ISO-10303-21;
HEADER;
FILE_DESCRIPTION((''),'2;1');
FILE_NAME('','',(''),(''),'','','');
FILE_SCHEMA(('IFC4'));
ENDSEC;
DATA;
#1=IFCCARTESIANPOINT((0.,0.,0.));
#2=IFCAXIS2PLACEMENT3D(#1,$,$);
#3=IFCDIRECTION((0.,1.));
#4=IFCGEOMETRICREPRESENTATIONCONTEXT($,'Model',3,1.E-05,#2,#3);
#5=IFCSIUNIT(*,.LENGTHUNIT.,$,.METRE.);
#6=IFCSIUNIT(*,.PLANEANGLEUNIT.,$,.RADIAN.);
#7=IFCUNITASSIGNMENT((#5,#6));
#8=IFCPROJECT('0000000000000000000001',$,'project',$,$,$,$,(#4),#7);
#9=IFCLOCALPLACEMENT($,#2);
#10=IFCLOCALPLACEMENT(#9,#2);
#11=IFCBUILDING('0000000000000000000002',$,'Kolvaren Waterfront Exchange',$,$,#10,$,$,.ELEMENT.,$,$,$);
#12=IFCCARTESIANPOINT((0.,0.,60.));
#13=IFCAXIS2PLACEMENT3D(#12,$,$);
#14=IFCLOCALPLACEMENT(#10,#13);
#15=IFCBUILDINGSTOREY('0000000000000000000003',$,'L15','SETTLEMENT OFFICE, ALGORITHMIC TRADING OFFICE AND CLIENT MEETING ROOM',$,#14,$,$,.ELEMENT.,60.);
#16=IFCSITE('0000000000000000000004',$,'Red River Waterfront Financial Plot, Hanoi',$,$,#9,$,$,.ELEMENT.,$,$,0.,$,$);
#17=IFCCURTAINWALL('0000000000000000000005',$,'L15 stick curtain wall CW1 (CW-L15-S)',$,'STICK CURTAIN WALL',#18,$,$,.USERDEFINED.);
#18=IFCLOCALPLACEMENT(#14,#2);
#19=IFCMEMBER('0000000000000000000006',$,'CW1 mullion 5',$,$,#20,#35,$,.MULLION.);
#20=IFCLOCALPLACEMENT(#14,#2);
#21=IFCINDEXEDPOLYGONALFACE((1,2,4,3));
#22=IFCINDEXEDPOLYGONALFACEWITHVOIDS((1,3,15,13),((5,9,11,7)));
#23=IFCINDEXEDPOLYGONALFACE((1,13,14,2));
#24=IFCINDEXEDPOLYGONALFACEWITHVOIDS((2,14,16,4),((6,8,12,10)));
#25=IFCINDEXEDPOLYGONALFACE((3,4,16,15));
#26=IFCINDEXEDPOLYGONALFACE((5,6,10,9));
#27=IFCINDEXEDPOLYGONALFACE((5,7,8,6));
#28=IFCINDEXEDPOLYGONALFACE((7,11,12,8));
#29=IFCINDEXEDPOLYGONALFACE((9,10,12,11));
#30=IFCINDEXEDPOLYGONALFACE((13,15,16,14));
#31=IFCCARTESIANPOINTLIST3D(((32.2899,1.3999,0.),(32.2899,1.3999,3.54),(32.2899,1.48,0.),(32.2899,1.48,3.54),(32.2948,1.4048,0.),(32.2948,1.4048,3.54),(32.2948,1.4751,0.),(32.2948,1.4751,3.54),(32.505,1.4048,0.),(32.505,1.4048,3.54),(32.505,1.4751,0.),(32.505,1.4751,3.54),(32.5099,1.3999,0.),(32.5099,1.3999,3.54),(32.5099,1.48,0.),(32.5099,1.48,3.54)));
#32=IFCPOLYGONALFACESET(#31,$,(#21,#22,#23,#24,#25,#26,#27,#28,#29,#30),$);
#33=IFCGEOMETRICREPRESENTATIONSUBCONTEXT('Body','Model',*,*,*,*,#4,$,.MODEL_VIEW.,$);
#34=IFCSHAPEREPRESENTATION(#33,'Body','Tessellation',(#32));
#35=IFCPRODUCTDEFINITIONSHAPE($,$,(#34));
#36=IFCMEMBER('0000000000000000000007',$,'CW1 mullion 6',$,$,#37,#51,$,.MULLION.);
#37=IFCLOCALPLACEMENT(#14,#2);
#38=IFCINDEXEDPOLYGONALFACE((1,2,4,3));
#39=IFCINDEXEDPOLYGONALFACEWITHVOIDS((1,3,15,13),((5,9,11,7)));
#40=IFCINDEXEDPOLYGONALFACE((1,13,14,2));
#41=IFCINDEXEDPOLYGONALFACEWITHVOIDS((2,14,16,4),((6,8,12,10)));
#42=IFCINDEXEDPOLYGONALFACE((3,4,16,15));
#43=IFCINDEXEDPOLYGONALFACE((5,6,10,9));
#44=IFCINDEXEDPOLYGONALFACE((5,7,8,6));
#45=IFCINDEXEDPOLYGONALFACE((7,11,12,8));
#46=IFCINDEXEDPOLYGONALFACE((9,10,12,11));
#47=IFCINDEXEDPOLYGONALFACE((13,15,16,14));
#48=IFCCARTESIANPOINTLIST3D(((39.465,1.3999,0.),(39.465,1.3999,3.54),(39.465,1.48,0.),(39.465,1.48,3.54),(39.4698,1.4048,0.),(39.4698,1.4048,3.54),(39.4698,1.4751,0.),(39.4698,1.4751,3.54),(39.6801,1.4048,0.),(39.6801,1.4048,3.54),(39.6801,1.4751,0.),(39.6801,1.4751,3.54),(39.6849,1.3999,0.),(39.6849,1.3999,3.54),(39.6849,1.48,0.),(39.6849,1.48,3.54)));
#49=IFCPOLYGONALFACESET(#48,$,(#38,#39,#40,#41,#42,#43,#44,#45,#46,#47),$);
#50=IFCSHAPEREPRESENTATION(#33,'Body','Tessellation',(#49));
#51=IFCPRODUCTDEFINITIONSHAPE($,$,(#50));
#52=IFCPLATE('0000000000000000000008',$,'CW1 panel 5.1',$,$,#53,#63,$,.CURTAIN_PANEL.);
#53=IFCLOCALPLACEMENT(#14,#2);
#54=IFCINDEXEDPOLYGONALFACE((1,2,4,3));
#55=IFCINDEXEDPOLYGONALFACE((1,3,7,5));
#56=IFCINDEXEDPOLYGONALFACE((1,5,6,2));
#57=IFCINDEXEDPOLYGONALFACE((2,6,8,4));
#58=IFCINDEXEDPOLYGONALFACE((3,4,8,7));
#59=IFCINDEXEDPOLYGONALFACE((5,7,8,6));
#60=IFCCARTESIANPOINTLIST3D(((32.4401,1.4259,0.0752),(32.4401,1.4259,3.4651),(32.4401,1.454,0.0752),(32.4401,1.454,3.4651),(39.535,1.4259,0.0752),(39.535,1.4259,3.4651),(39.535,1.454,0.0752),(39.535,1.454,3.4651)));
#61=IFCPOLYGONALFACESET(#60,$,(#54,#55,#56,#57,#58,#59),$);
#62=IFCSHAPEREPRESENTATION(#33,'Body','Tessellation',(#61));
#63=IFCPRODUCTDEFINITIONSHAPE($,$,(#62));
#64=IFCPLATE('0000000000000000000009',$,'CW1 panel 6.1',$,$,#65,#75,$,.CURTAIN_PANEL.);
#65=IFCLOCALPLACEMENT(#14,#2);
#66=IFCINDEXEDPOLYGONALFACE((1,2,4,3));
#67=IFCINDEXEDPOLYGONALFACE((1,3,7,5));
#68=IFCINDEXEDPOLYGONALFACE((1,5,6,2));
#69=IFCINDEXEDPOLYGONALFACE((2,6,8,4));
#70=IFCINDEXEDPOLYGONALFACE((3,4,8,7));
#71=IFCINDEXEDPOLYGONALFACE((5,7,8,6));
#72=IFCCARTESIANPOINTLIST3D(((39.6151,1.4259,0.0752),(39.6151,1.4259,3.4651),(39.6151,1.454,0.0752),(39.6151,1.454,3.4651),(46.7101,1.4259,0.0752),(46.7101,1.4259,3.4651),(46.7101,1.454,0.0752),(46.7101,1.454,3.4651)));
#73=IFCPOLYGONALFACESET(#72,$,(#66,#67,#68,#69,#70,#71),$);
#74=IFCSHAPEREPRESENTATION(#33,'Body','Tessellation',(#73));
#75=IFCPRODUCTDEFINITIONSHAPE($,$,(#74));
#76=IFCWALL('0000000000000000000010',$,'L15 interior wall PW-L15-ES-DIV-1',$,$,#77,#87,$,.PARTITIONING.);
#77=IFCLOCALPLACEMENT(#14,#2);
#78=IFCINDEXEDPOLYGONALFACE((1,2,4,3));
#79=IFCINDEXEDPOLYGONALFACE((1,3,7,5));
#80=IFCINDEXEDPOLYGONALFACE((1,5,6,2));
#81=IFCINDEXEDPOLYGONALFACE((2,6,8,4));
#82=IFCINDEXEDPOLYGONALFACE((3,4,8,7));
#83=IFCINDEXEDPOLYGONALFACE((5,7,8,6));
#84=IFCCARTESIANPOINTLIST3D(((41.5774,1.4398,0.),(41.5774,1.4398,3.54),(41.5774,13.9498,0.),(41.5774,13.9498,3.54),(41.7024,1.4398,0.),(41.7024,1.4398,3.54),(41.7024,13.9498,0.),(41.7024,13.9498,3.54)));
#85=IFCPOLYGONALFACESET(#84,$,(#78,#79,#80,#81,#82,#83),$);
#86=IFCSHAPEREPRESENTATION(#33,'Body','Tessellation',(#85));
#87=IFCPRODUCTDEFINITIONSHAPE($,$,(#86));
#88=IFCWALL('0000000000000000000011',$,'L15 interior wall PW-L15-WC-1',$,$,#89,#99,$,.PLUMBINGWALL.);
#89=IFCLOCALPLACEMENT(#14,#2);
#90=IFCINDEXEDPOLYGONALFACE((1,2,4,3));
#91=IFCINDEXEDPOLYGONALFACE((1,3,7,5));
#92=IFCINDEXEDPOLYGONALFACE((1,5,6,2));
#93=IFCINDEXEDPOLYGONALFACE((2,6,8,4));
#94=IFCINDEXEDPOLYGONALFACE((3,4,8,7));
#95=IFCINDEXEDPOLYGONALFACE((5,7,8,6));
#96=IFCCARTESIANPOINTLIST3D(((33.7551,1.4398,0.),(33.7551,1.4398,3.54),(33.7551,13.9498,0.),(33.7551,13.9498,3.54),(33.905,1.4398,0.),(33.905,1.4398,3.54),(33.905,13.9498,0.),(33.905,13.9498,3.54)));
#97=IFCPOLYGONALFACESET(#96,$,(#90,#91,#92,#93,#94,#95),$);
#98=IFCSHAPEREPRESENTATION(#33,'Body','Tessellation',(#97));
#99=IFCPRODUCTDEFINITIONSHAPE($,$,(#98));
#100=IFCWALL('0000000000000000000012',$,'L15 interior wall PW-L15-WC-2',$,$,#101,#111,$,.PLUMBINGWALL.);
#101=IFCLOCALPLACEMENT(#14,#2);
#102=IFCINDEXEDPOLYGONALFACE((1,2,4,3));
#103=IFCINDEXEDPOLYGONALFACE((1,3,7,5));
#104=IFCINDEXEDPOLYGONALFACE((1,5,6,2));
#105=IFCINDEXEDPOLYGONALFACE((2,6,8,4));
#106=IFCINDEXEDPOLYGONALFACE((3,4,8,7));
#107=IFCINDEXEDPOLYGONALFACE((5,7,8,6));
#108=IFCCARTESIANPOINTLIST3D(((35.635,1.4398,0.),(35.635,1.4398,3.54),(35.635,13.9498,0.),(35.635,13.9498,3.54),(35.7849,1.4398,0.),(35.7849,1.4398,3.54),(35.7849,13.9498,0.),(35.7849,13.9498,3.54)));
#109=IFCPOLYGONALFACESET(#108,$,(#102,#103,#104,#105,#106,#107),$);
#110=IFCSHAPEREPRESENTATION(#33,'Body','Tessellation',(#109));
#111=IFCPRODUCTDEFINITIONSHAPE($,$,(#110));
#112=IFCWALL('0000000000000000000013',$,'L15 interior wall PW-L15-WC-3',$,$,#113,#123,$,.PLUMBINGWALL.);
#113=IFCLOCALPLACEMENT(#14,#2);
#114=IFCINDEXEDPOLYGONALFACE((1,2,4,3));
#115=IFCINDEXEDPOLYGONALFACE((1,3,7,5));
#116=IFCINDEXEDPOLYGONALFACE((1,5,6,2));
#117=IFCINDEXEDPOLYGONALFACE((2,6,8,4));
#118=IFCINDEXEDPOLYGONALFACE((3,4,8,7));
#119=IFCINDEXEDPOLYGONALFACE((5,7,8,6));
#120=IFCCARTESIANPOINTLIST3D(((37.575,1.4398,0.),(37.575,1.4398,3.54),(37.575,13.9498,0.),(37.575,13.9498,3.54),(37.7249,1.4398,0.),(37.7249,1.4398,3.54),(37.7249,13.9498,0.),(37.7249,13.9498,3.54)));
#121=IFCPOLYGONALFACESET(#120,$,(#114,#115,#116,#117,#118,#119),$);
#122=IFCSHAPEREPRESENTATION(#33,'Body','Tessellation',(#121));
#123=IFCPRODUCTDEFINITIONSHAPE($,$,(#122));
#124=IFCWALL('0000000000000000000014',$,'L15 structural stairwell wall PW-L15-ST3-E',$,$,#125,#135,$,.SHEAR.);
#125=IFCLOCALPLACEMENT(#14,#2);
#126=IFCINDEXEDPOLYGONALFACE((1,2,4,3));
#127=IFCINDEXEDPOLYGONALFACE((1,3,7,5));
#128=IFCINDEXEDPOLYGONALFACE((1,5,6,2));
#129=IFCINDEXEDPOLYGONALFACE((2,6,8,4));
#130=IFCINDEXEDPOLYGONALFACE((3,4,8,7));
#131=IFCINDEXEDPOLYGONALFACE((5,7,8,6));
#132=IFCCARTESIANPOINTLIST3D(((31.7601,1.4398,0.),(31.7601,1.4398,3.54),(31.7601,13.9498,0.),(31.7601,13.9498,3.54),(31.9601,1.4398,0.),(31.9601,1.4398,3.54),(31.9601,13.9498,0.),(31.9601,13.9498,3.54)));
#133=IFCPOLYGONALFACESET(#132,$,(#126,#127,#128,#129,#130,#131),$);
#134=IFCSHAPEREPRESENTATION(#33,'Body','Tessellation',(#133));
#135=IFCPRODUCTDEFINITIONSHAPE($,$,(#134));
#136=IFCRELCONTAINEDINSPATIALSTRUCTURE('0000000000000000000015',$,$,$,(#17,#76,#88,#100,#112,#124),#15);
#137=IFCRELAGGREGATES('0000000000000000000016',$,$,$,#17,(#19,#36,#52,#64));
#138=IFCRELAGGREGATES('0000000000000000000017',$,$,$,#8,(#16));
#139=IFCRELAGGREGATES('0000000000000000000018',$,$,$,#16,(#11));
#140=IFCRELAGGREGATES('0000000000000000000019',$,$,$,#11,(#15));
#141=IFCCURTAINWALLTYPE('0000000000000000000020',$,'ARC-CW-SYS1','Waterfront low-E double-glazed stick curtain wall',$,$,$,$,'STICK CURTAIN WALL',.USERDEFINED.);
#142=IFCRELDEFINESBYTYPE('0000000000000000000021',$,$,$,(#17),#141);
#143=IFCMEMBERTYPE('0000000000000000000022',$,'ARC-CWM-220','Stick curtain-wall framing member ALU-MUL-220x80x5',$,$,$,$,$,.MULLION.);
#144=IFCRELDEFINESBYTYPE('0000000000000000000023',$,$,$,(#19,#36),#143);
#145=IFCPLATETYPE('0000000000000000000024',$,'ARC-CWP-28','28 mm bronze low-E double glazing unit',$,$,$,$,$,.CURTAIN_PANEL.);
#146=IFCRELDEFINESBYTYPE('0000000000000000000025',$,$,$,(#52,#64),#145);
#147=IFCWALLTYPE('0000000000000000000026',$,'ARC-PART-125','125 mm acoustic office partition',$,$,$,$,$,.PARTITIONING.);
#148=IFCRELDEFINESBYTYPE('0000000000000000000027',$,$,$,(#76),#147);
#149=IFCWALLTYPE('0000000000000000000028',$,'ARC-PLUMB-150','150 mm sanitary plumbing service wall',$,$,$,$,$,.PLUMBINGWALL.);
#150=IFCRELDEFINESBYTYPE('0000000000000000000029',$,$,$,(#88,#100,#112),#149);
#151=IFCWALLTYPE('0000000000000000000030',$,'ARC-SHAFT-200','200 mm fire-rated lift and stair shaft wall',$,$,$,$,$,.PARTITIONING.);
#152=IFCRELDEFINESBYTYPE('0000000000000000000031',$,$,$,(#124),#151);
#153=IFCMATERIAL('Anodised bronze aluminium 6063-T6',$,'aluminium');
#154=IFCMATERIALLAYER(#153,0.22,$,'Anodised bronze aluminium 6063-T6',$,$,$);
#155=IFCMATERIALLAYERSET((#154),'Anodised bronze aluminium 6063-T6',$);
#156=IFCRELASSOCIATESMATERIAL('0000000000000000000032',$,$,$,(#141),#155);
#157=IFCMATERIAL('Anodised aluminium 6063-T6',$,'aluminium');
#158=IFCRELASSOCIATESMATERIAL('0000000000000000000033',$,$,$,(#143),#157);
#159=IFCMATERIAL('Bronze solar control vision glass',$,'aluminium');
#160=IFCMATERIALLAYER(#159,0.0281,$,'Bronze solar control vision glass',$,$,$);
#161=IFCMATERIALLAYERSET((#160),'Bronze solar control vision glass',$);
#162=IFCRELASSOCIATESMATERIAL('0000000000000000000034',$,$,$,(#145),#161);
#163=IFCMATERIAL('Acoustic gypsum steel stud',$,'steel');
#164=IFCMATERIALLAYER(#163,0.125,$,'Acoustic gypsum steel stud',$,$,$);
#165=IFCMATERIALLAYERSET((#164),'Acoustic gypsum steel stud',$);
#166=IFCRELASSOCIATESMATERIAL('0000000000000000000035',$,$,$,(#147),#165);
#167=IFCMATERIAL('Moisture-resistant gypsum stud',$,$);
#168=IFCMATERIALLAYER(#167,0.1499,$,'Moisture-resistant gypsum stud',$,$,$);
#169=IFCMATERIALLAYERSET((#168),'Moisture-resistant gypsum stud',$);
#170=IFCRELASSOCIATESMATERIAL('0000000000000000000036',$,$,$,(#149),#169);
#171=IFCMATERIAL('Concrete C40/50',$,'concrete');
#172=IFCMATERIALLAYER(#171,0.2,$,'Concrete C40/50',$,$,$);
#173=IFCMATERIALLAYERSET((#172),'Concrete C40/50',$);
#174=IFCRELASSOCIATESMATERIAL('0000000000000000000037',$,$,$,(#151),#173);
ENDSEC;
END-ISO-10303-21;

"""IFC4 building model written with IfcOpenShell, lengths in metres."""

from ifc_helpers import new_model, si_unit, direction, frame, frame_2d, origin, origin_with_axes, origin_2d, place, context, subcontext, project, spatial, rectangle, hollow_rectangle, extrude, source, transform, mapped, material, layer, layer_set, material_profile, profile_set, type_object, element, aggregate, save


model = new_model("IFC4")

# Units and contexts
model_context = context("Model", 3, precision=1e-05, world=origin(), true_north=direction((0.0, 1.0)))
body_context = subcontext(model_context, "Body", "Model", "MODEL_VIEW")
ifc_project = project(units=[si_unit("LENGTHUNIT", "METRE"), si_unit("PLANEANGLEUNIT", "RADIAN")], contexts=[model_context])

# Site, building, storey
site_placement = place(None, origin())
site = spatial("IfcSite", under=ifc_project, at=site_placement, Name="Red River Waterfront Financial Plot, Hanoi", CompositionType="ELEMENT", RefElevation=0.0)
building_placement = place(site_placement, origin())
building = spatial("IfcBuilding", under=site, at=building_placement, Name="Kolvaren Waterfront Exchange", CompositionType="ELEMENT")
storey_placement = place(building_placement, frame((0.0, 0.0, 60.0)))
storey = spatial("IfcBuildingStorey", under=building, at=storey_placement, Name="L15", Description="SETTLEMENT OFFICE, ALGORITHMIC TRADING OFFICE AND CLIENT MEETING ROOM", CompositionType="ELEMENT", Elevation=60.0)

# Curtain wall, members, plates
ifc_material_1 = material(Name="Anodised bronze aluminium 6063-T6", Category="aluminium")
ifc_layer_1 = layer(ifc_material_1, 0.22, Name="Anodised bronze aluminium 6063-T6")
ifc_layer_set_1 = layer_set([ifc_layer_1], Name="Anodised bronze aluminium 6063-T6")
curtain_wall_type = type_object("IfcCurtainWallType", Name="ARC-CW-SYS1", Description="Waterfront low-E double-glazed stick curtain wall", ElementType="STICK CURTAIN WALL", PredefinedType="USERDEFINED", material=ifc_layer_set_1)
curtain_wall_placement = place(storey_placement, origin())
curtain_wall = element("IfcCurtainWall", 1, at=curtain_wall_placement, inside=storey, type_object=curtain_wall_type, Name="L15 stick curtain wall CW1 (CW-L15-S)", ObjectType="STICK CURTAIN WALL", PredefinedType="USERDEFINED")
ifc_material_2 = material(Name="Anodised aluminium 6063-T6", Category="aluminium")
ifc_material_profile_1 = material_profile(ifc_material_2, hollow_rectangle(XDim=0.0801, YDim=0.22, WallThickness=0.0049, at=origin_2d()), Name="ALU-MUL-220x80x5")
ifc_profile_set_1 = profile_set([ifc_material_profile_1], Name="Anodised aluminium 6063-T6")
member_type_1 = type_object("IfcMemberType", Name="ARC-CWM-220", Description="Stick curtain-wall framing member ALU-MUL-220x80x5", PredefinedType="MULLION", material=ifc_profile_set_1)
shared_shape_1 = source(origin_with_axes(), body_context, "Body", "SweptSolid", [
    extrude(hollow_rectangle(XDim=0.0801, YDim=0.22, WallThickness=0.0049, at=origin_2d()), origin(), (0.0, 0.0, 1.0), 3.54),
])
member_1_placement = place(storey_placement, frame((32.3999, 1.4399, 0.0), z_axis=(0.0, 0.0, 1.0), x_axis=(0.0, 1.0, 0.0)))
member_1 = element("IfcMember", 2, at=member_1_placement, type_object=member_type_1, Name="CW1 mullion 5", PredefinedType="MULLION", context=body_context, shape_type="MappedRepresentation", body=[
    mapped(shared_shape_1, transform((0.0, 0.0, 0.0), x_axis=(1.0, 0.0, 0.0), y_axis=(0.0, 1.0, 0.0), z_axis=(0.0, 0.0, 1.0), scale=1.0)),
])
member_2_placement = place(storey_placement, frame((39.575, 1.4399, 0.0), z_axis=(0.0, 0.0, 1.0), x_axis=(0.0, 1.0, 0.0)))
member_2 = element("IfcMember", 3, at=member_2_placement, type_object=member_type_1, Name="CW1 mullion 6", PredefinedType="MULLION", context=body_context, shape_type="MappedRepresentation", body=[
    mapped(shared_shape_1, transform((0.0, 0.0, 0.0), x_axis=(1.0, 0.0, 0.0), y_axis=(0.0, 1.0, 0.0), z_axis=(0.0, 0.0, 1.0), scale=1.0)),
])
ifc_material_3 = material(Name="Bronze solar control vision glass", Category="aluminium")
ifc_layer_2 = layer(ifc_material_3, 0.0281, Name="Bronze solar control vision glass")
ifc_layer_set_2 = layer_set([ifc_layer_2], Name="Bronze solar control vision glass")
plate_type = type_object("IfcPlateType", Name="ARC-CWP-28", Description="28 mm bronze low-E double glazing unit", PredefinedType="CURTAIN_PANEL", material=ifc_layer_set_2)
shared_shape_2 = source(origin_with_axes(), body_context, "Body", "SweptSolid", [
    extrude(rectangle(XDim=7.095, YDim=0.0281, at=origin_2d()), origin(), (0.0, 0.0, 1.0), 3.3899),
])
plate_1_placement = place(storey_placement, frame((35.9875, 1.4399, 0.0752), z_axis=(0.0, 0.0, 1.0), x_axis=(1.0, 0.0, 0.0)))
plate_1 = element("IfcPlate", 4, at=plate_1_placement, type_object=plate_type, Name="CW1 panel 5.1", PredefinedType="CURTAIN_PANEL", context=body_context, shape_type="MappedRepresentation", body=[
    mapped(shared_shape_2, transform((0.0, 0.0, 0.0), x_axis=(1.0, 0.0, 0.0), y_axis=(0.0, 1.0, 0.0), z_axis=(0.0, 0.0, 1.0), scale=1.0)),
])
plate_2_placement = place(storey_placement, frame((43.1626, 1.4399, 0.0752), z_axis=(0.0, 0.0, 1.0), x_axis=(1.0, 0.0, 0.0)))
plate_2 = element("IfcPlate", 5, at=plate_2_placement, type_object=plate_type, Name="CW1 panel 6.1", PredefinedType="CURTAIN_PANEL", context=body_context, shape_type="MappedRepresentation", body=[
    mapped(shared_shape_2, transform((0.0, 0.0, 0.0), x_axis=(1.0, 0.0, 0.0), y_axis=(0.0, 1.0, 0.0), z_axis=(0.0, 0.0, 1.0), scale=1.0)),
])
aggregate(curtain_wall, [member_1, member_2, plate_1, plate_2])

# Walls
ifc_material_4 = material(Name="Acoustic gypsum steel stud", Category="steel")
ifc_layer_3 = layer(ifc_material_4, 0.125, Name="Acoustic gypsum steel stud")
ifc_layer_set_3 = layer_set([ifc_layer_3], Name="Acoustic gypsum steel stud")
wall_type_1 = type_object("IfcWallType", Name="ARC-PART-125", Description="125 mm acoustic office partition", PredefinedType="PARTITIONING", material=ifc_layer_set_3)
wall_1_placement = place(storey_placement, frame((41.6399, 1.4399, 0.0), z_axis=(0.0, 0.0, 1.0), x_axis=(0.0, 1.0, 0.0)))
element("IfcWall", 6, at=wall_1_placement, inside=storey, type_object=wall_type_1, Name="L15 interior wall PW-L15-ES-DIV-1", PredefinedType="PARTITIONING", context=body_context, shape_type="SweptSolid", body=[
    extrude(rectangle(XDim=12.51, YDim=0.125, at=frame_2d((6.2549, 0.0))), origin(), (0.0, 0.0, 1.0), 3.54),
])
ifc_material_5 = material(Name="Moisture-resistant gypsum stud")
ifc_layer_4 = layer(ifc_material_5, 0.1499, Name="Moisture-resistant gypsum stud")
ifc_layer_set_4 = layer_set([ifc_layer_4], Name="Moisture-resistant gypsum stud")
wall_type_2 = type_object("IfcWallType", Name="ARC-PLUMB-150", Description="150 mm sanitary plumbing service wall", PredefinedType="PLUMBINGWALL", material=ifc_layer_set_4)
for number, where, z_axis, x_axis, name in (
    (7, (33.8301, 1.4399, 0.0), (0.0, 0.0, 1.0), (0.0, 1.0, 0.0), "L15 interior wall PW-L15-WC-1"),
    (8, (35.71, 1.4399, 0.0), (0.0, 0.0, 1.0), (0.0, 1.0, 0.0), "L15 interior wall PW-L15-WC-2"),
    (9, (37.6499, 1.4399, 0.0), (0.0, 0.0, 1.0), (0.0, 1.0, 0.0), "L15 interior wall PW-L15-WC-3"),
):
    element("IfcWall", number, at=place(storey_placement, frame(where, z_axis=z_axis, x_axis=x_axis)), inside=storey, type_object=wall_type_2, Name=name, PredefinedType="PLUMBINGWALL", context=body_context, shape_type="SweptSolid", body=[
        extrude(rectangle(XDim=12.51, YDim=0.1499, at=frame_2d((6.2549, 0.0))), origin(), (0.0, 0.0, 1.0), 3.54),
    ])
ifc_material_6 = material(Name="Concrete C40/50", Category="concrete")
ifc_layer_5 = layer(ifc_material_6, 0.2, Name="Concrete C40/50")
ifc_layer_set_5 = layer_set([ifc_layer_5], Name="Concrete C40/50")
wall_type_3 = type_object("IfcWallType", Name="ARC-SHAFT-200", Description="200 mm fire-rated lift and stair shaft wall", PredefinedType="PARTITIONING", material=ifc_layer_set_5)
wall_2_placement = place(storey_placement, frame((31.8601, 1.4399, 0.0), z_axis=(0.0, 0.0, 1.0), x_axis=(0.0, 1.0, 0.0)))
element("IfcWall", 10, at=wall_2_placement, inside=storey, type_object=wall_type_3, Name="L15 structural stairwell wall PW-L15-ST3-E", PredefinedType="SHEAR", context=body_context, shape_type="SweptSolid", body=[
    extrude(rectangle(XDim=12.51, YDim=0.2, at=frame_2d((6.2549, 0.0))), origin(), (0.0, 0.0, 1.0), 3.54),
])

save(model, "model.ifc")
